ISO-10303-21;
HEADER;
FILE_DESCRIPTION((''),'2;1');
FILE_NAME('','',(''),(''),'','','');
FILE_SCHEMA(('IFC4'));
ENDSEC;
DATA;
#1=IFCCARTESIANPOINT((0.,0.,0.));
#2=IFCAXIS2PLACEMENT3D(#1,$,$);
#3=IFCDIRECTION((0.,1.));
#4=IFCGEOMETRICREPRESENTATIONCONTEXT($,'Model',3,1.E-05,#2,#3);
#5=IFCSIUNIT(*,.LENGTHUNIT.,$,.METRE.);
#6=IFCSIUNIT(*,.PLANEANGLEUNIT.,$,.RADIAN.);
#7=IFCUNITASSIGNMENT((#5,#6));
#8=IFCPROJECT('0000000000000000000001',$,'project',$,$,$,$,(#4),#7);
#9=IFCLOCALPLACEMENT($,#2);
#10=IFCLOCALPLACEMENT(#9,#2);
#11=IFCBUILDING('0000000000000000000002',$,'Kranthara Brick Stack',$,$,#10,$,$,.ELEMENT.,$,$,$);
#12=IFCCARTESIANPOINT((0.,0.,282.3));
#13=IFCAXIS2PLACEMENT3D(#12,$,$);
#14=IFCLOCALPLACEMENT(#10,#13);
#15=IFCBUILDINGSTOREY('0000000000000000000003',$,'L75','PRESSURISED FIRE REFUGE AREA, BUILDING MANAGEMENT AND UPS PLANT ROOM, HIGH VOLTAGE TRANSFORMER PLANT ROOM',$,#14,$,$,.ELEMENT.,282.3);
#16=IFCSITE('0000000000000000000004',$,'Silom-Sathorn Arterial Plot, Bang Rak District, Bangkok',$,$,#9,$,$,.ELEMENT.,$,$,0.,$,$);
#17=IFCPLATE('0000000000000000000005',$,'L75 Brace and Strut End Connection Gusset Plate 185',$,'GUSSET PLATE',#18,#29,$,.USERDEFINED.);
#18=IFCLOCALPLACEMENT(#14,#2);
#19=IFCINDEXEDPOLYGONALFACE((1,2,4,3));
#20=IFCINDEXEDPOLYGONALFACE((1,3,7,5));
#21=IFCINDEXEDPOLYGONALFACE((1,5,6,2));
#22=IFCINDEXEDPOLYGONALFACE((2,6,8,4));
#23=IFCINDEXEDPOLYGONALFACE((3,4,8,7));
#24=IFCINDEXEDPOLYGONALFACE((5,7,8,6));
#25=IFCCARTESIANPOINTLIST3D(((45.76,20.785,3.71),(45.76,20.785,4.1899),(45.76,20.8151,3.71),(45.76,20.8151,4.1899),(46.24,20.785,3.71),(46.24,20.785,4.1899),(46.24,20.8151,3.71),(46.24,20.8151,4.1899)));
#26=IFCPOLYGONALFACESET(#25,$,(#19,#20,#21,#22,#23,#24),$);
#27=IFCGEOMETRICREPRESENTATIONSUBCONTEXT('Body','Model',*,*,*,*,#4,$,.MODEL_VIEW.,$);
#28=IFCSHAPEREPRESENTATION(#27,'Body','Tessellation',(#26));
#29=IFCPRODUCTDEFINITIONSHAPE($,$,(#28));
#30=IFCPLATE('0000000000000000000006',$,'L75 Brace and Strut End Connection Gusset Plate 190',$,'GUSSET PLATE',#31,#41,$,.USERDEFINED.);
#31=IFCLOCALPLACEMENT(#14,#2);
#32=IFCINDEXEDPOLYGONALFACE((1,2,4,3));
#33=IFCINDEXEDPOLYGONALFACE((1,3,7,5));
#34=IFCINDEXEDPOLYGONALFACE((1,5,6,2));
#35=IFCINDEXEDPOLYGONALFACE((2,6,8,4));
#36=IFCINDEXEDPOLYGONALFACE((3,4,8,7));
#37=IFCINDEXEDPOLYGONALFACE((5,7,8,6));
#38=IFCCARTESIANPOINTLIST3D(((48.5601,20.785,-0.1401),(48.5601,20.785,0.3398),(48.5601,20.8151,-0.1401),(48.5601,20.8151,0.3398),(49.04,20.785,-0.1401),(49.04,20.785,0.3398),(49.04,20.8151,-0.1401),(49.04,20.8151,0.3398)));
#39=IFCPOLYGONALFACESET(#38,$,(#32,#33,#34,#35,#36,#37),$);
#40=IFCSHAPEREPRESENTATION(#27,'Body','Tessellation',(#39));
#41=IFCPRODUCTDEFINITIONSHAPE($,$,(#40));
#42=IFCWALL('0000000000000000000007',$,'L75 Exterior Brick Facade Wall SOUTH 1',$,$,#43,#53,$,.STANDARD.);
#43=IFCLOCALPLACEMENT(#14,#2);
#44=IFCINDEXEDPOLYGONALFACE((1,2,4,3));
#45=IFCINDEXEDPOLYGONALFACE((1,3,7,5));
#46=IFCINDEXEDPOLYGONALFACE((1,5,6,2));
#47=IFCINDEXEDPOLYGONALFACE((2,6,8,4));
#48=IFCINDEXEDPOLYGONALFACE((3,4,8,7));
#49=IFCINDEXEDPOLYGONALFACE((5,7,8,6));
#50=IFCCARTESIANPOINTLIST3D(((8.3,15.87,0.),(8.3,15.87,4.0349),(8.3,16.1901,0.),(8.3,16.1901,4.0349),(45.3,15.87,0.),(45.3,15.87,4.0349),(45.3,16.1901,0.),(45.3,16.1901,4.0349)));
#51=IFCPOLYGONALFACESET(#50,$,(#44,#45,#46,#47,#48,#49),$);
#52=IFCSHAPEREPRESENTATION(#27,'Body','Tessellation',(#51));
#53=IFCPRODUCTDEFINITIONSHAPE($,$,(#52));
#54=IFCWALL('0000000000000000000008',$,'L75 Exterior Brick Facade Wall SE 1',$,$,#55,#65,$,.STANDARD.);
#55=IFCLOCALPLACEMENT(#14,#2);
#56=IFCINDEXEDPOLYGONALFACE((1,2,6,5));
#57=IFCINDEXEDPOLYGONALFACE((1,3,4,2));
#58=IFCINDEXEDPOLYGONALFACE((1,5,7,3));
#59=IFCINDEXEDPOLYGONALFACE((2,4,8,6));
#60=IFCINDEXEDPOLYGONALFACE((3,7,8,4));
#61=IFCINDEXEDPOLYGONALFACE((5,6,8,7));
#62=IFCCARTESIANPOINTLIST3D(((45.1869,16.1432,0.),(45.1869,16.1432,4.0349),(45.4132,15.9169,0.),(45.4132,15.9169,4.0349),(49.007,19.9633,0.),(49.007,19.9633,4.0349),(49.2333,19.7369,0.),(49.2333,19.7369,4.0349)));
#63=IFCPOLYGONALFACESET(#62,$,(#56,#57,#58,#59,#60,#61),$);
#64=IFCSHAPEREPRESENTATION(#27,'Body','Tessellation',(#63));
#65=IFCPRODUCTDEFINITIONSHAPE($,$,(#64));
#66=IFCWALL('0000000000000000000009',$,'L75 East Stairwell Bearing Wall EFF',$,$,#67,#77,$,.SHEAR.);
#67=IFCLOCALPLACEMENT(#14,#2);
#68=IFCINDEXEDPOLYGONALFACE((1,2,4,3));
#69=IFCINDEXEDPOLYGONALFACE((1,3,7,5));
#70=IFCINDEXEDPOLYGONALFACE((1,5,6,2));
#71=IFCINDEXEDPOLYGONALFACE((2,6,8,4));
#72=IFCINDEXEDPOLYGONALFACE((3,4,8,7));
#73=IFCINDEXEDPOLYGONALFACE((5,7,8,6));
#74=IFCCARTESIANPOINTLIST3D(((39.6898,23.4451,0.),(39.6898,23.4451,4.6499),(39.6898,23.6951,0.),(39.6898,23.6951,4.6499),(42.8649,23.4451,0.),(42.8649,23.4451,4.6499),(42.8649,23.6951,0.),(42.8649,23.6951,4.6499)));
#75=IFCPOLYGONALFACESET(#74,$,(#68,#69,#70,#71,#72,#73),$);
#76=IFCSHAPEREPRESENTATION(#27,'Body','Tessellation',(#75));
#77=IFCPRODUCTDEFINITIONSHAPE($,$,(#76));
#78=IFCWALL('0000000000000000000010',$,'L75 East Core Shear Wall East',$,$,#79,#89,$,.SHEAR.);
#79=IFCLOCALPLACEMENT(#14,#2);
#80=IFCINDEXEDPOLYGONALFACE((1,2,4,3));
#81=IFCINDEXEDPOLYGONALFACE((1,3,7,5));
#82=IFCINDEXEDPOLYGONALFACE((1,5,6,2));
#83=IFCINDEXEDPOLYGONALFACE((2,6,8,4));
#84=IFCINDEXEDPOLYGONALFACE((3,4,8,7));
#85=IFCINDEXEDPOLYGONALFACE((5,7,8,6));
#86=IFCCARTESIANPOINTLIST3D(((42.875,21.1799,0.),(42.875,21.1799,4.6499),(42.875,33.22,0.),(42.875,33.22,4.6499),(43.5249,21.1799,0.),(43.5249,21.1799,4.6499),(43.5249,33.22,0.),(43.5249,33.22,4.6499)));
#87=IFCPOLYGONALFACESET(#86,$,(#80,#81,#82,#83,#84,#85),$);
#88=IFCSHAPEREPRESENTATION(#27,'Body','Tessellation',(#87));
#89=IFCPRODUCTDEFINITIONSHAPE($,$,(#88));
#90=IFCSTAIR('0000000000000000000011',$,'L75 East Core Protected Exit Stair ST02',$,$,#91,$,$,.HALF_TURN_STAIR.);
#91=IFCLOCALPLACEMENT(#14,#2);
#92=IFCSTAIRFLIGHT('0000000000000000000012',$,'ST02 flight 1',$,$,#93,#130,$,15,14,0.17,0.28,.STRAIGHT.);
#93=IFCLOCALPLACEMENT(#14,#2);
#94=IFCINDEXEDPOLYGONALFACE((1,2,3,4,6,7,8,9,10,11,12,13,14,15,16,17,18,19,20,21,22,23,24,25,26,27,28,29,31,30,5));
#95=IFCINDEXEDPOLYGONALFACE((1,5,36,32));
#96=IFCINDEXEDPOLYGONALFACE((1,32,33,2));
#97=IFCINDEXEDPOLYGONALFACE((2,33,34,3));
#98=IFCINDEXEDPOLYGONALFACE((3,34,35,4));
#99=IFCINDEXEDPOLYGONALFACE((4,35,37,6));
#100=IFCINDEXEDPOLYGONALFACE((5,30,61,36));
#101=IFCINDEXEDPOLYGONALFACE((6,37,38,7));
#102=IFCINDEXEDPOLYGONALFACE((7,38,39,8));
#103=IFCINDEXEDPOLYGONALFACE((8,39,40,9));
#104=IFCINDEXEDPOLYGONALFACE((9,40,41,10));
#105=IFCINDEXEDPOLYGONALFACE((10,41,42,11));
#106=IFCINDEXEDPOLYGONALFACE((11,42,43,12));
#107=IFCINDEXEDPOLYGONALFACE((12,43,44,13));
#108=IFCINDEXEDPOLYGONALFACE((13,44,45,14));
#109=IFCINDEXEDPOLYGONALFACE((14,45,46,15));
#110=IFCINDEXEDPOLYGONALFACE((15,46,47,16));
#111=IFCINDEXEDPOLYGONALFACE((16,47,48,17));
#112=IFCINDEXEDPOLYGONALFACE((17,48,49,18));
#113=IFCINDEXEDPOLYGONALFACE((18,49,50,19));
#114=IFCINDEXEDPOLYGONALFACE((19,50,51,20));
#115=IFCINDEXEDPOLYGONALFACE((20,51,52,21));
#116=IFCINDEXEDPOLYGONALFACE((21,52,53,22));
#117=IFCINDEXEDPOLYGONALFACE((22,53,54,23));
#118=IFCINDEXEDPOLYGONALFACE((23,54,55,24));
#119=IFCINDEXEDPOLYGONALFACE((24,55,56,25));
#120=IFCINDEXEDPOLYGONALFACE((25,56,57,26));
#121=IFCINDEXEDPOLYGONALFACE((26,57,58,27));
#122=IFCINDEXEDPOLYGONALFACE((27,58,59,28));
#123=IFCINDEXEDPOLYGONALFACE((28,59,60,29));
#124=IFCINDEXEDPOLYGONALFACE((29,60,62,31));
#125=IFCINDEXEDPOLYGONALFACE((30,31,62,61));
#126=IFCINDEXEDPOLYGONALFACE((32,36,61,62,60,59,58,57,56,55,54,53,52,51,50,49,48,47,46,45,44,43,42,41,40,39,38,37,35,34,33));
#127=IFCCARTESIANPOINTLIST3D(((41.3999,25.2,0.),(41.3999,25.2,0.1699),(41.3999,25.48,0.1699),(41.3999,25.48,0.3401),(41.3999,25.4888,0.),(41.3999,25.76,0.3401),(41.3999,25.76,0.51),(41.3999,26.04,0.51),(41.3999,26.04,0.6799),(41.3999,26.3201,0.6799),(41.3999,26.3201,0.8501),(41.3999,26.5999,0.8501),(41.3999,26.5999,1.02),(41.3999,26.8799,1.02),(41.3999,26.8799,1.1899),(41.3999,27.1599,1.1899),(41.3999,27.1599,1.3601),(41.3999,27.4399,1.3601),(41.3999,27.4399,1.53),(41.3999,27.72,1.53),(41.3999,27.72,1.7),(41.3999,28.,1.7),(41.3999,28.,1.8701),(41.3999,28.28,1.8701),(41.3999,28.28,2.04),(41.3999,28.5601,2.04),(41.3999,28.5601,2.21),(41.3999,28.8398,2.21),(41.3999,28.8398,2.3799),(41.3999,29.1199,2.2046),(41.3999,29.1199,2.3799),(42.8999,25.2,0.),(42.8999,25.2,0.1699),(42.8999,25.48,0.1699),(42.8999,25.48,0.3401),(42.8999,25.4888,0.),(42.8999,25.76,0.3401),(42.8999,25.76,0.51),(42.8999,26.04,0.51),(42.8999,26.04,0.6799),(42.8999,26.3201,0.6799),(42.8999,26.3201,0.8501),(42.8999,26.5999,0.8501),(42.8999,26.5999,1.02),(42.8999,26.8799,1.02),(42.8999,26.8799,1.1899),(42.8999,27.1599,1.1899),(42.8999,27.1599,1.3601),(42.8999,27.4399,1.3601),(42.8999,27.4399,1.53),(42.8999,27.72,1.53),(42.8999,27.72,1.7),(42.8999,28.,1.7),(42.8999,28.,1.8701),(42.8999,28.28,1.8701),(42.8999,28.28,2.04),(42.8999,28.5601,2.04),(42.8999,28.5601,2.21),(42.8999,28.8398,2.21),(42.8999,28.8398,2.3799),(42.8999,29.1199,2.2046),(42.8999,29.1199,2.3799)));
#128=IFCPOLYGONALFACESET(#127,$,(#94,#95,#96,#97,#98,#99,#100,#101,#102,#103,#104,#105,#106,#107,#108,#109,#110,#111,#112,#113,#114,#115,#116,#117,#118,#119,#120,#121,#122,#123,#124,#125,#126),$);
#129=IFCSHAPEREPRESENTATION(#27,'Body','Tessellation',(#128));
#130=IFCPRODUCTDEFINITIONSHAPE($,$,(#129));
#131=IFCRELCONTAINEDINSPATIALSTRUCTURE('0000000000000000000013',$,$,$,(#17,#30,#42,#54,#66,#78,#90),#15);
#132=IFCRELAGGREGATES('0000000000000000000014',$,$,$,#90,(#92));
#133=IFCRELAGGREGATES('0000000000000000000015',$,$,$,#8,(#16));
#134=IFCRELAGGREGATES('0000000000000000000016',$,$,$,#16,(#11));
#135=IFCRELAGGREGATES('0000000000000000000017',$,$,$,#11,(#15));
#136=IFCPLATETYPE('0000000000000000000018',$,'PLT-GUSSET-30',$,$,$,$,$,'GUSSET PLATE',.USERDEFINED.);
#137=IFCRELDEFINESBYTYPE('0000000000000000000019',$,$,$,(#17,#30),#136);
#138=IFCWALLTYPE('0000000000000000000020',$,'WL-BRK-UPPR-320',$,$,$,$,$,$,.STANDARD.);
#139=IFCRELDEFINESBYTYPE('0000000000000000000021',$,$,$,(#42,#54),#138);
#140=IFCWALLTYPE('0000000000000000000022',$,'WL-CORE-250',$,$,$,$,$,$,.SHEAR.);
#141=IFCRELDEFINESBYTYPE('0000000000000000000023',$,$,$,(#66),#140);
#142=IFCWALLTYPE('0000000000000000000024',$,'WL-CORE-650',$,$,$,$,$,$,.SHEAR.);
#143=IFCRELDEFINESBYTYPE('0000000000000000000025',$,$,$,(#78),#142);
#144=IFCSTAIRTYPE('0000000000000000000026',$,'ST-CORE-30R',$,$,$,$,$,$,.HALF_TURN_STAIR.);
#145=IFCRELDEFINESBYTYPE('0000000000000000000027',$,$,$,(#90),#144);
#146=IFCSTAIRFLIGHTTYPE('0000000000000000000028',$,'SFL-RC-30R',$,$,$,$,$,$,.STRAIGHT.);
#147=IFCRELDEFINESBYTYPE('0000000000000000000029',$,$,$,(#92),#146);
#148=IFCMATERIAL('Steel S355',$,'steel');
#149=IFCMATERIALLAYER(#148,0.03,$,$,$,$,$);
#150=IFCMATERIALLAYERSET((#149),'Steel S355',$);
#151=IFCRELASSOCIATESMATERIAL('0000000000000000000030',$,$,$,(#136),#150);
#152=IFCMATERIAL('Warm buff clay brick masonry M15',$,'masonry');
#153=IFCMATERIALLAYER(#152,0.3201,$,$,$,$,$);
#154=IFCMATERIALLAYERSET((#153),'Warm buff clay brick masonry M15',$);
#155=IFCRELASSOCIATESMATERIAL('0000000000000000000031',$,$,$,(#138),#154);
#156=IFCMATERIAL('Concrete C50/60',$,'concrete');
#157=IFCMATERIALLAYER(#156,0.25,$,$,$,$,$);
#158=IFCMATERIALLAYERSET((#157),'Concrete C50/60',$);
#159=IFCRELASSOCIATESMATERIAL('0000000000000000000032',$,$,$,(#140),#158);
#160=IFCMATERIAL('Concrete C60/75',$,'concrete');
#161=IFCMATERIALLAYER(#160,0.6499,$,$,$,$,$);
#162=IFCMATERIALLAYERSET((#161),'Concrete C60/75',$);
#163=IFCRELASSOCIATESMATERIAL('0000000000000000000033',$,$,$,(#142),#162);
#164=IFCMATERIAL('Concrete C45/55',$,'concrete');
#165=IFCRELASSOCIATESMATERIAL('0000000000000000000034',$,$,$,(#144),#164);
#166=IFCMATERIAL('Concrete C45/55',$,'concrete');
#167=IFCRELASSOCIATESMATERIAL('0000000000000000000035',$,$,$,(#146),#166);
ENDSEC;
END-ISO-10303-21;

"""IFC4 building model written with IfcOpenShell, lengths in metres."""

from ifc_helpers import new_model, si_unit, direction, frame, frame_2d, origin, origin_2d, place, context, subcontext, project, spatial, polyline, rectangle, outline, extrude, material, layer, layer_set, type_object, element, aggregate, save


model = new_model("IFC4")

# Units and contexts
model_context = context("Model", 3, precision=1e-05, world=origin(), true_north=direction((0.0, 1.0)))
body_context = subcontext(model_context, "Body", "Model", "MODEL_VIEW")
ifc_project = project(units=[si_unit("LENGTHUNIT", "METRE"), si_unit("PLANEANGLEUNIT", "RADIAN")], contexts=[model_context])

# Site, building, storey
site_placement = place(None, origin())
site = spatial("IfcSite", under=ifc_project, at=site_placement, Name="Silom-Sathorn Arterial Plot, Bang Rak District, Bangkok", CompositionType="ELEMENT", RefElevation=0.0)
building_placement = place(site_placement, origin())
building = spatial("IfcBuilding", under=site, at=building_placement, Name="Kranthara Brick Stack", CompositionType="ELEMENT")
storey_placement = place(building_placement, frame((0.0, 0.0, 282.3)))
storey = spatial("IfcBuildingStorey", under=building, at=storey_placement, Name="L75", Description="PRESSURISED FIRE REFUGE AREA, BUILDING MANAGEMENT AND UPS PLANT ROOM, HIGH VOLTAGE TRANSFORMER PLANT ROOM", CompositionType="ELEMENT", Elevation=282.3)

# Plates
ifc_material_1 = material(Name="Steel S355", Category="steel")
ifc_layer_1 = layer(ifc_material_1, 0.03)
ifc_layer_set_1 = layer_set([ifc_layer_1], Name="Steel S355")
plate_type = type_object("IfcPlateType", Name="PLT-GUSSET-30", ElementType="GUSSET PLATE", PredefinedType="USERDEFINED", material=ifc_layer_set_1)
for number, where, z_axis, x_axis, name in (
    (1, (46.0, 20.8, 3.71), (0.0, 0.0, 1.0), (1.0, 0.0, 0.0), "L75 Brace and Strut End Connection Gusset Plate 185"),
    (2, (48.8, 20.8, -0.1401), (0.0, 0.0, 1.0), (1.0, 0.0, 0.0), "L75 Brace and Strut End Connection Gusset Plate 190"),
):
    element("IfcPlate", number, at=place(storey_placement, frame(where, z_axis=z_axis, x_axis=x_axis)), inside=storey, type_object=plate_type, Name=name, ObjectType="GUSSET PLATE", PredefinedType="USERDEFINED", context=body_context, shape_type="SweptSolid", body=[
        extrude(rectangle(XDim=0.48, YDim=0.03, at=origin_2d()), origin(), (0.0, 0.0, 1.0), 0.48),
    ])

# Walls
ifc_material_2 = material(Name="Warm buff clay brick masonry M15", Category="masonry")
ifc_layer_2 = layer(ifc_material_2, 0.3201)
ifc_layer_set_2 = layer_set([ifc_layer_2], Name="Warm buff clay brick masonry M15")
wall_type_1 = type_object("IfcWallType", Name="WL-BRK-UPPR-320", PredefinedType="STANDARD", material=ifc_layer_set_2)
wall_1_placement = place(storey_placement, frame((45.3, 16.03, 0.0), z_axis=(0.0, 0.0, 1.0), x_axis=(-1.0, 0.0, 0.0)))
element("IfcWall", 3, at=wall_1_placement, inside=storey, type_object=wall_type_1, Name="L75 Exterior Brick Facade Wall SOUTH 1", PredefinedType="STANDARD", context=body_context, shape_type="SweptSolid", body=[
    extrude(rectangle(XDim=37.0, YDim=0.3201, at=frame_2d((18.5, 0.0))), origin(), (0.0, 0.0, 1.0), 4.0349),
])
wall_2_placement = place(storey_placement, frame((49.1201, 19.8501, 0.0), z_axis=(0.0, 0.0, 1.0), x_axis=(-0.707107, -0.707107, 0.0)))
element("IfcWall", 4, at=wall_2_placement, inside=storey, type_object=wall_type_1, Name="L75 Exterior Brick Facade Wall SE 1", PredefinedType="STANDARD", context=body_context, shape_type="SweptSolid", body=[
    extrude(rectangle(XDim=5.4023, YDim=0.3201, at=frame_2d((2.7012, 0.0))), origin(), (0.0, 0.0, 1.0), 4.0349),
])
ifc_material_3 = material(Name="Concrete C50/60", Category="concrete")
ifc_layer_3 = layer(ifc_material_3, 0.25)
ifc_layer_set_3 = layer_set([ifc_layer_3], Name="Concrete C50/60")
wall_type_2 = type_object("IfcWallType", Name="WL-CORE-250", PredefinedType="SHEAR", material=ifc_layer_set_3)
wall_3_placement = place(storey_placement, frame((39.6899, 23.5701, 0.0), z_axis=(0.0, 0.0, 1.0), x_axis=(1.0, 0.0, 0.0)))
element("IfcWall", 5, at=wall_3_placement, inside=storey, type_object=wall_type_2, Name="L75 East Stairwell Bearing Wall EFF", PredefinedType="SHEAR", context=body_context, shape_type="SweptSolid", body=[
    extrude(rectangle(XDim=3.175, YDim=0.25, at=frame_2d((1.5874, 0.0))), origin(), (0.0, 0.0, 1.0), 4.6499),
])
ifc_material_4 = material(Name="Concrete C60/75", Category="concrete")
ifc_layer_4 = layer(ifc_material_4, 0.6499)
ifc_layer_set_4 = layer_set([ifc_layer_4], Name="Concrete C60/75")
wall_type_3 = type_object("IfcWallType", Name="WL-CORE-650", PredefinedType="SHEAR", material=ifc_layer_set_4)
wall_4_placement = place(storey_placement, frame((43.2, 21.1799, 0.0), z_axis=(0.0, 0.0, 1.0), x_axis=(0.0, 1.0, 0.0)))
element("IfcWall", 6, at=wall_4_placement, inside=storey, type_object=wall_type_3, Name="L75 East Core Shear Wall East", PredefinedType="SHEAR", context=body_context, shape_type="SweptSolid", body=[
    extrude(rectangle(XDim=12.04, YDim=0.6499, at=frame_2d((6.02, 0.0))), origin(), (0.0, 0.0, 1.0), 4.6499),
])

# Stair, stair flight
ifc_material_5 = material(Name="Concrete C45/55", Category="concrete")
stair_type = type_object("IfcStairType", Name="ST-CORE-30R", PredefinedType="HALF_TURN_STAIR", material=ifc_material_5)
stair_placement = place(storey_placement, origin())
stair = element("IfcStair", 7, at=stair_placement, inside=storey, type_object=stair_type, Name="L75 East Core Protected Exit Stair ST02", PredefinedType="HALF_TURN_STAIR")
ifc_material_6 = material(Name="Concrete C45/55", Category="concrete")
stair_flight_type = type_object("IfcStairFlightType", Name="SFL-RC-30R", PredefinedType="STRAIGHT", material=ifc_material_6)
stair_flight_placement = place(storey_placement, frame((42.1499, 25.2, 0.0), z_axis=(0.0, 0.0, 1.0), x_axis=(0.0, 1.0, 0.0)))
stair_flight = element("IfcStairFlight", 8, at=stair_flight_placement, type_object=stair_flight_type, Name="ST02 flight 1", NumberOfRisers=15, NumberOfTreads=14, PredefinedType="STRAIGHT", RiserHeight=0.17, TreadLength=0.28, context=body_context, shape_type="SweptSolid", body=[
    extrude(outline(polyline([(0.0, 0.0), (0.0, 0.1699), (0.28, 0.1699), (0.28, 0.3401), (0.5601, 0.3401), (0.5601, 0.51), (0.8401, 0.51), (0.8401, 0.6799), (1.1201, 0.6799), (1.1201, 0.8501), (1.3999, 0.8501), (1.3999, 1.02), (1.6799, 1.02), (1.6799, 1.1899), (1.96, 1.1899), (1.96, 1.3601), (2.24, 1.3601), (2.24, 1.53), (2.52, 1.53), (2.52, 1.7), (2.8, 1.7), (2.8, 1.8701), (3.0801, 1.8701), (3.0801, 2.04), (3.3601, 2.04), (3.3601, 2.21), (3.6399, 2.21), (3.6399, 2.3799), (3.9199, 2.3799), (3.9199, 2.55), (3.9199, 2.2046), (0.2888, 0.0), (0.0, 0.0)])), frame((0.0, 0.75, 0.0), z_axis=(0.0, -1.0, 0.0), x_axis=(1.0, 0.0, 0.0)), (0.0, 0.0, 1.0), 1.5),
])
aggregate(stair, [stair_flight])

save(model, "model.ifc")
